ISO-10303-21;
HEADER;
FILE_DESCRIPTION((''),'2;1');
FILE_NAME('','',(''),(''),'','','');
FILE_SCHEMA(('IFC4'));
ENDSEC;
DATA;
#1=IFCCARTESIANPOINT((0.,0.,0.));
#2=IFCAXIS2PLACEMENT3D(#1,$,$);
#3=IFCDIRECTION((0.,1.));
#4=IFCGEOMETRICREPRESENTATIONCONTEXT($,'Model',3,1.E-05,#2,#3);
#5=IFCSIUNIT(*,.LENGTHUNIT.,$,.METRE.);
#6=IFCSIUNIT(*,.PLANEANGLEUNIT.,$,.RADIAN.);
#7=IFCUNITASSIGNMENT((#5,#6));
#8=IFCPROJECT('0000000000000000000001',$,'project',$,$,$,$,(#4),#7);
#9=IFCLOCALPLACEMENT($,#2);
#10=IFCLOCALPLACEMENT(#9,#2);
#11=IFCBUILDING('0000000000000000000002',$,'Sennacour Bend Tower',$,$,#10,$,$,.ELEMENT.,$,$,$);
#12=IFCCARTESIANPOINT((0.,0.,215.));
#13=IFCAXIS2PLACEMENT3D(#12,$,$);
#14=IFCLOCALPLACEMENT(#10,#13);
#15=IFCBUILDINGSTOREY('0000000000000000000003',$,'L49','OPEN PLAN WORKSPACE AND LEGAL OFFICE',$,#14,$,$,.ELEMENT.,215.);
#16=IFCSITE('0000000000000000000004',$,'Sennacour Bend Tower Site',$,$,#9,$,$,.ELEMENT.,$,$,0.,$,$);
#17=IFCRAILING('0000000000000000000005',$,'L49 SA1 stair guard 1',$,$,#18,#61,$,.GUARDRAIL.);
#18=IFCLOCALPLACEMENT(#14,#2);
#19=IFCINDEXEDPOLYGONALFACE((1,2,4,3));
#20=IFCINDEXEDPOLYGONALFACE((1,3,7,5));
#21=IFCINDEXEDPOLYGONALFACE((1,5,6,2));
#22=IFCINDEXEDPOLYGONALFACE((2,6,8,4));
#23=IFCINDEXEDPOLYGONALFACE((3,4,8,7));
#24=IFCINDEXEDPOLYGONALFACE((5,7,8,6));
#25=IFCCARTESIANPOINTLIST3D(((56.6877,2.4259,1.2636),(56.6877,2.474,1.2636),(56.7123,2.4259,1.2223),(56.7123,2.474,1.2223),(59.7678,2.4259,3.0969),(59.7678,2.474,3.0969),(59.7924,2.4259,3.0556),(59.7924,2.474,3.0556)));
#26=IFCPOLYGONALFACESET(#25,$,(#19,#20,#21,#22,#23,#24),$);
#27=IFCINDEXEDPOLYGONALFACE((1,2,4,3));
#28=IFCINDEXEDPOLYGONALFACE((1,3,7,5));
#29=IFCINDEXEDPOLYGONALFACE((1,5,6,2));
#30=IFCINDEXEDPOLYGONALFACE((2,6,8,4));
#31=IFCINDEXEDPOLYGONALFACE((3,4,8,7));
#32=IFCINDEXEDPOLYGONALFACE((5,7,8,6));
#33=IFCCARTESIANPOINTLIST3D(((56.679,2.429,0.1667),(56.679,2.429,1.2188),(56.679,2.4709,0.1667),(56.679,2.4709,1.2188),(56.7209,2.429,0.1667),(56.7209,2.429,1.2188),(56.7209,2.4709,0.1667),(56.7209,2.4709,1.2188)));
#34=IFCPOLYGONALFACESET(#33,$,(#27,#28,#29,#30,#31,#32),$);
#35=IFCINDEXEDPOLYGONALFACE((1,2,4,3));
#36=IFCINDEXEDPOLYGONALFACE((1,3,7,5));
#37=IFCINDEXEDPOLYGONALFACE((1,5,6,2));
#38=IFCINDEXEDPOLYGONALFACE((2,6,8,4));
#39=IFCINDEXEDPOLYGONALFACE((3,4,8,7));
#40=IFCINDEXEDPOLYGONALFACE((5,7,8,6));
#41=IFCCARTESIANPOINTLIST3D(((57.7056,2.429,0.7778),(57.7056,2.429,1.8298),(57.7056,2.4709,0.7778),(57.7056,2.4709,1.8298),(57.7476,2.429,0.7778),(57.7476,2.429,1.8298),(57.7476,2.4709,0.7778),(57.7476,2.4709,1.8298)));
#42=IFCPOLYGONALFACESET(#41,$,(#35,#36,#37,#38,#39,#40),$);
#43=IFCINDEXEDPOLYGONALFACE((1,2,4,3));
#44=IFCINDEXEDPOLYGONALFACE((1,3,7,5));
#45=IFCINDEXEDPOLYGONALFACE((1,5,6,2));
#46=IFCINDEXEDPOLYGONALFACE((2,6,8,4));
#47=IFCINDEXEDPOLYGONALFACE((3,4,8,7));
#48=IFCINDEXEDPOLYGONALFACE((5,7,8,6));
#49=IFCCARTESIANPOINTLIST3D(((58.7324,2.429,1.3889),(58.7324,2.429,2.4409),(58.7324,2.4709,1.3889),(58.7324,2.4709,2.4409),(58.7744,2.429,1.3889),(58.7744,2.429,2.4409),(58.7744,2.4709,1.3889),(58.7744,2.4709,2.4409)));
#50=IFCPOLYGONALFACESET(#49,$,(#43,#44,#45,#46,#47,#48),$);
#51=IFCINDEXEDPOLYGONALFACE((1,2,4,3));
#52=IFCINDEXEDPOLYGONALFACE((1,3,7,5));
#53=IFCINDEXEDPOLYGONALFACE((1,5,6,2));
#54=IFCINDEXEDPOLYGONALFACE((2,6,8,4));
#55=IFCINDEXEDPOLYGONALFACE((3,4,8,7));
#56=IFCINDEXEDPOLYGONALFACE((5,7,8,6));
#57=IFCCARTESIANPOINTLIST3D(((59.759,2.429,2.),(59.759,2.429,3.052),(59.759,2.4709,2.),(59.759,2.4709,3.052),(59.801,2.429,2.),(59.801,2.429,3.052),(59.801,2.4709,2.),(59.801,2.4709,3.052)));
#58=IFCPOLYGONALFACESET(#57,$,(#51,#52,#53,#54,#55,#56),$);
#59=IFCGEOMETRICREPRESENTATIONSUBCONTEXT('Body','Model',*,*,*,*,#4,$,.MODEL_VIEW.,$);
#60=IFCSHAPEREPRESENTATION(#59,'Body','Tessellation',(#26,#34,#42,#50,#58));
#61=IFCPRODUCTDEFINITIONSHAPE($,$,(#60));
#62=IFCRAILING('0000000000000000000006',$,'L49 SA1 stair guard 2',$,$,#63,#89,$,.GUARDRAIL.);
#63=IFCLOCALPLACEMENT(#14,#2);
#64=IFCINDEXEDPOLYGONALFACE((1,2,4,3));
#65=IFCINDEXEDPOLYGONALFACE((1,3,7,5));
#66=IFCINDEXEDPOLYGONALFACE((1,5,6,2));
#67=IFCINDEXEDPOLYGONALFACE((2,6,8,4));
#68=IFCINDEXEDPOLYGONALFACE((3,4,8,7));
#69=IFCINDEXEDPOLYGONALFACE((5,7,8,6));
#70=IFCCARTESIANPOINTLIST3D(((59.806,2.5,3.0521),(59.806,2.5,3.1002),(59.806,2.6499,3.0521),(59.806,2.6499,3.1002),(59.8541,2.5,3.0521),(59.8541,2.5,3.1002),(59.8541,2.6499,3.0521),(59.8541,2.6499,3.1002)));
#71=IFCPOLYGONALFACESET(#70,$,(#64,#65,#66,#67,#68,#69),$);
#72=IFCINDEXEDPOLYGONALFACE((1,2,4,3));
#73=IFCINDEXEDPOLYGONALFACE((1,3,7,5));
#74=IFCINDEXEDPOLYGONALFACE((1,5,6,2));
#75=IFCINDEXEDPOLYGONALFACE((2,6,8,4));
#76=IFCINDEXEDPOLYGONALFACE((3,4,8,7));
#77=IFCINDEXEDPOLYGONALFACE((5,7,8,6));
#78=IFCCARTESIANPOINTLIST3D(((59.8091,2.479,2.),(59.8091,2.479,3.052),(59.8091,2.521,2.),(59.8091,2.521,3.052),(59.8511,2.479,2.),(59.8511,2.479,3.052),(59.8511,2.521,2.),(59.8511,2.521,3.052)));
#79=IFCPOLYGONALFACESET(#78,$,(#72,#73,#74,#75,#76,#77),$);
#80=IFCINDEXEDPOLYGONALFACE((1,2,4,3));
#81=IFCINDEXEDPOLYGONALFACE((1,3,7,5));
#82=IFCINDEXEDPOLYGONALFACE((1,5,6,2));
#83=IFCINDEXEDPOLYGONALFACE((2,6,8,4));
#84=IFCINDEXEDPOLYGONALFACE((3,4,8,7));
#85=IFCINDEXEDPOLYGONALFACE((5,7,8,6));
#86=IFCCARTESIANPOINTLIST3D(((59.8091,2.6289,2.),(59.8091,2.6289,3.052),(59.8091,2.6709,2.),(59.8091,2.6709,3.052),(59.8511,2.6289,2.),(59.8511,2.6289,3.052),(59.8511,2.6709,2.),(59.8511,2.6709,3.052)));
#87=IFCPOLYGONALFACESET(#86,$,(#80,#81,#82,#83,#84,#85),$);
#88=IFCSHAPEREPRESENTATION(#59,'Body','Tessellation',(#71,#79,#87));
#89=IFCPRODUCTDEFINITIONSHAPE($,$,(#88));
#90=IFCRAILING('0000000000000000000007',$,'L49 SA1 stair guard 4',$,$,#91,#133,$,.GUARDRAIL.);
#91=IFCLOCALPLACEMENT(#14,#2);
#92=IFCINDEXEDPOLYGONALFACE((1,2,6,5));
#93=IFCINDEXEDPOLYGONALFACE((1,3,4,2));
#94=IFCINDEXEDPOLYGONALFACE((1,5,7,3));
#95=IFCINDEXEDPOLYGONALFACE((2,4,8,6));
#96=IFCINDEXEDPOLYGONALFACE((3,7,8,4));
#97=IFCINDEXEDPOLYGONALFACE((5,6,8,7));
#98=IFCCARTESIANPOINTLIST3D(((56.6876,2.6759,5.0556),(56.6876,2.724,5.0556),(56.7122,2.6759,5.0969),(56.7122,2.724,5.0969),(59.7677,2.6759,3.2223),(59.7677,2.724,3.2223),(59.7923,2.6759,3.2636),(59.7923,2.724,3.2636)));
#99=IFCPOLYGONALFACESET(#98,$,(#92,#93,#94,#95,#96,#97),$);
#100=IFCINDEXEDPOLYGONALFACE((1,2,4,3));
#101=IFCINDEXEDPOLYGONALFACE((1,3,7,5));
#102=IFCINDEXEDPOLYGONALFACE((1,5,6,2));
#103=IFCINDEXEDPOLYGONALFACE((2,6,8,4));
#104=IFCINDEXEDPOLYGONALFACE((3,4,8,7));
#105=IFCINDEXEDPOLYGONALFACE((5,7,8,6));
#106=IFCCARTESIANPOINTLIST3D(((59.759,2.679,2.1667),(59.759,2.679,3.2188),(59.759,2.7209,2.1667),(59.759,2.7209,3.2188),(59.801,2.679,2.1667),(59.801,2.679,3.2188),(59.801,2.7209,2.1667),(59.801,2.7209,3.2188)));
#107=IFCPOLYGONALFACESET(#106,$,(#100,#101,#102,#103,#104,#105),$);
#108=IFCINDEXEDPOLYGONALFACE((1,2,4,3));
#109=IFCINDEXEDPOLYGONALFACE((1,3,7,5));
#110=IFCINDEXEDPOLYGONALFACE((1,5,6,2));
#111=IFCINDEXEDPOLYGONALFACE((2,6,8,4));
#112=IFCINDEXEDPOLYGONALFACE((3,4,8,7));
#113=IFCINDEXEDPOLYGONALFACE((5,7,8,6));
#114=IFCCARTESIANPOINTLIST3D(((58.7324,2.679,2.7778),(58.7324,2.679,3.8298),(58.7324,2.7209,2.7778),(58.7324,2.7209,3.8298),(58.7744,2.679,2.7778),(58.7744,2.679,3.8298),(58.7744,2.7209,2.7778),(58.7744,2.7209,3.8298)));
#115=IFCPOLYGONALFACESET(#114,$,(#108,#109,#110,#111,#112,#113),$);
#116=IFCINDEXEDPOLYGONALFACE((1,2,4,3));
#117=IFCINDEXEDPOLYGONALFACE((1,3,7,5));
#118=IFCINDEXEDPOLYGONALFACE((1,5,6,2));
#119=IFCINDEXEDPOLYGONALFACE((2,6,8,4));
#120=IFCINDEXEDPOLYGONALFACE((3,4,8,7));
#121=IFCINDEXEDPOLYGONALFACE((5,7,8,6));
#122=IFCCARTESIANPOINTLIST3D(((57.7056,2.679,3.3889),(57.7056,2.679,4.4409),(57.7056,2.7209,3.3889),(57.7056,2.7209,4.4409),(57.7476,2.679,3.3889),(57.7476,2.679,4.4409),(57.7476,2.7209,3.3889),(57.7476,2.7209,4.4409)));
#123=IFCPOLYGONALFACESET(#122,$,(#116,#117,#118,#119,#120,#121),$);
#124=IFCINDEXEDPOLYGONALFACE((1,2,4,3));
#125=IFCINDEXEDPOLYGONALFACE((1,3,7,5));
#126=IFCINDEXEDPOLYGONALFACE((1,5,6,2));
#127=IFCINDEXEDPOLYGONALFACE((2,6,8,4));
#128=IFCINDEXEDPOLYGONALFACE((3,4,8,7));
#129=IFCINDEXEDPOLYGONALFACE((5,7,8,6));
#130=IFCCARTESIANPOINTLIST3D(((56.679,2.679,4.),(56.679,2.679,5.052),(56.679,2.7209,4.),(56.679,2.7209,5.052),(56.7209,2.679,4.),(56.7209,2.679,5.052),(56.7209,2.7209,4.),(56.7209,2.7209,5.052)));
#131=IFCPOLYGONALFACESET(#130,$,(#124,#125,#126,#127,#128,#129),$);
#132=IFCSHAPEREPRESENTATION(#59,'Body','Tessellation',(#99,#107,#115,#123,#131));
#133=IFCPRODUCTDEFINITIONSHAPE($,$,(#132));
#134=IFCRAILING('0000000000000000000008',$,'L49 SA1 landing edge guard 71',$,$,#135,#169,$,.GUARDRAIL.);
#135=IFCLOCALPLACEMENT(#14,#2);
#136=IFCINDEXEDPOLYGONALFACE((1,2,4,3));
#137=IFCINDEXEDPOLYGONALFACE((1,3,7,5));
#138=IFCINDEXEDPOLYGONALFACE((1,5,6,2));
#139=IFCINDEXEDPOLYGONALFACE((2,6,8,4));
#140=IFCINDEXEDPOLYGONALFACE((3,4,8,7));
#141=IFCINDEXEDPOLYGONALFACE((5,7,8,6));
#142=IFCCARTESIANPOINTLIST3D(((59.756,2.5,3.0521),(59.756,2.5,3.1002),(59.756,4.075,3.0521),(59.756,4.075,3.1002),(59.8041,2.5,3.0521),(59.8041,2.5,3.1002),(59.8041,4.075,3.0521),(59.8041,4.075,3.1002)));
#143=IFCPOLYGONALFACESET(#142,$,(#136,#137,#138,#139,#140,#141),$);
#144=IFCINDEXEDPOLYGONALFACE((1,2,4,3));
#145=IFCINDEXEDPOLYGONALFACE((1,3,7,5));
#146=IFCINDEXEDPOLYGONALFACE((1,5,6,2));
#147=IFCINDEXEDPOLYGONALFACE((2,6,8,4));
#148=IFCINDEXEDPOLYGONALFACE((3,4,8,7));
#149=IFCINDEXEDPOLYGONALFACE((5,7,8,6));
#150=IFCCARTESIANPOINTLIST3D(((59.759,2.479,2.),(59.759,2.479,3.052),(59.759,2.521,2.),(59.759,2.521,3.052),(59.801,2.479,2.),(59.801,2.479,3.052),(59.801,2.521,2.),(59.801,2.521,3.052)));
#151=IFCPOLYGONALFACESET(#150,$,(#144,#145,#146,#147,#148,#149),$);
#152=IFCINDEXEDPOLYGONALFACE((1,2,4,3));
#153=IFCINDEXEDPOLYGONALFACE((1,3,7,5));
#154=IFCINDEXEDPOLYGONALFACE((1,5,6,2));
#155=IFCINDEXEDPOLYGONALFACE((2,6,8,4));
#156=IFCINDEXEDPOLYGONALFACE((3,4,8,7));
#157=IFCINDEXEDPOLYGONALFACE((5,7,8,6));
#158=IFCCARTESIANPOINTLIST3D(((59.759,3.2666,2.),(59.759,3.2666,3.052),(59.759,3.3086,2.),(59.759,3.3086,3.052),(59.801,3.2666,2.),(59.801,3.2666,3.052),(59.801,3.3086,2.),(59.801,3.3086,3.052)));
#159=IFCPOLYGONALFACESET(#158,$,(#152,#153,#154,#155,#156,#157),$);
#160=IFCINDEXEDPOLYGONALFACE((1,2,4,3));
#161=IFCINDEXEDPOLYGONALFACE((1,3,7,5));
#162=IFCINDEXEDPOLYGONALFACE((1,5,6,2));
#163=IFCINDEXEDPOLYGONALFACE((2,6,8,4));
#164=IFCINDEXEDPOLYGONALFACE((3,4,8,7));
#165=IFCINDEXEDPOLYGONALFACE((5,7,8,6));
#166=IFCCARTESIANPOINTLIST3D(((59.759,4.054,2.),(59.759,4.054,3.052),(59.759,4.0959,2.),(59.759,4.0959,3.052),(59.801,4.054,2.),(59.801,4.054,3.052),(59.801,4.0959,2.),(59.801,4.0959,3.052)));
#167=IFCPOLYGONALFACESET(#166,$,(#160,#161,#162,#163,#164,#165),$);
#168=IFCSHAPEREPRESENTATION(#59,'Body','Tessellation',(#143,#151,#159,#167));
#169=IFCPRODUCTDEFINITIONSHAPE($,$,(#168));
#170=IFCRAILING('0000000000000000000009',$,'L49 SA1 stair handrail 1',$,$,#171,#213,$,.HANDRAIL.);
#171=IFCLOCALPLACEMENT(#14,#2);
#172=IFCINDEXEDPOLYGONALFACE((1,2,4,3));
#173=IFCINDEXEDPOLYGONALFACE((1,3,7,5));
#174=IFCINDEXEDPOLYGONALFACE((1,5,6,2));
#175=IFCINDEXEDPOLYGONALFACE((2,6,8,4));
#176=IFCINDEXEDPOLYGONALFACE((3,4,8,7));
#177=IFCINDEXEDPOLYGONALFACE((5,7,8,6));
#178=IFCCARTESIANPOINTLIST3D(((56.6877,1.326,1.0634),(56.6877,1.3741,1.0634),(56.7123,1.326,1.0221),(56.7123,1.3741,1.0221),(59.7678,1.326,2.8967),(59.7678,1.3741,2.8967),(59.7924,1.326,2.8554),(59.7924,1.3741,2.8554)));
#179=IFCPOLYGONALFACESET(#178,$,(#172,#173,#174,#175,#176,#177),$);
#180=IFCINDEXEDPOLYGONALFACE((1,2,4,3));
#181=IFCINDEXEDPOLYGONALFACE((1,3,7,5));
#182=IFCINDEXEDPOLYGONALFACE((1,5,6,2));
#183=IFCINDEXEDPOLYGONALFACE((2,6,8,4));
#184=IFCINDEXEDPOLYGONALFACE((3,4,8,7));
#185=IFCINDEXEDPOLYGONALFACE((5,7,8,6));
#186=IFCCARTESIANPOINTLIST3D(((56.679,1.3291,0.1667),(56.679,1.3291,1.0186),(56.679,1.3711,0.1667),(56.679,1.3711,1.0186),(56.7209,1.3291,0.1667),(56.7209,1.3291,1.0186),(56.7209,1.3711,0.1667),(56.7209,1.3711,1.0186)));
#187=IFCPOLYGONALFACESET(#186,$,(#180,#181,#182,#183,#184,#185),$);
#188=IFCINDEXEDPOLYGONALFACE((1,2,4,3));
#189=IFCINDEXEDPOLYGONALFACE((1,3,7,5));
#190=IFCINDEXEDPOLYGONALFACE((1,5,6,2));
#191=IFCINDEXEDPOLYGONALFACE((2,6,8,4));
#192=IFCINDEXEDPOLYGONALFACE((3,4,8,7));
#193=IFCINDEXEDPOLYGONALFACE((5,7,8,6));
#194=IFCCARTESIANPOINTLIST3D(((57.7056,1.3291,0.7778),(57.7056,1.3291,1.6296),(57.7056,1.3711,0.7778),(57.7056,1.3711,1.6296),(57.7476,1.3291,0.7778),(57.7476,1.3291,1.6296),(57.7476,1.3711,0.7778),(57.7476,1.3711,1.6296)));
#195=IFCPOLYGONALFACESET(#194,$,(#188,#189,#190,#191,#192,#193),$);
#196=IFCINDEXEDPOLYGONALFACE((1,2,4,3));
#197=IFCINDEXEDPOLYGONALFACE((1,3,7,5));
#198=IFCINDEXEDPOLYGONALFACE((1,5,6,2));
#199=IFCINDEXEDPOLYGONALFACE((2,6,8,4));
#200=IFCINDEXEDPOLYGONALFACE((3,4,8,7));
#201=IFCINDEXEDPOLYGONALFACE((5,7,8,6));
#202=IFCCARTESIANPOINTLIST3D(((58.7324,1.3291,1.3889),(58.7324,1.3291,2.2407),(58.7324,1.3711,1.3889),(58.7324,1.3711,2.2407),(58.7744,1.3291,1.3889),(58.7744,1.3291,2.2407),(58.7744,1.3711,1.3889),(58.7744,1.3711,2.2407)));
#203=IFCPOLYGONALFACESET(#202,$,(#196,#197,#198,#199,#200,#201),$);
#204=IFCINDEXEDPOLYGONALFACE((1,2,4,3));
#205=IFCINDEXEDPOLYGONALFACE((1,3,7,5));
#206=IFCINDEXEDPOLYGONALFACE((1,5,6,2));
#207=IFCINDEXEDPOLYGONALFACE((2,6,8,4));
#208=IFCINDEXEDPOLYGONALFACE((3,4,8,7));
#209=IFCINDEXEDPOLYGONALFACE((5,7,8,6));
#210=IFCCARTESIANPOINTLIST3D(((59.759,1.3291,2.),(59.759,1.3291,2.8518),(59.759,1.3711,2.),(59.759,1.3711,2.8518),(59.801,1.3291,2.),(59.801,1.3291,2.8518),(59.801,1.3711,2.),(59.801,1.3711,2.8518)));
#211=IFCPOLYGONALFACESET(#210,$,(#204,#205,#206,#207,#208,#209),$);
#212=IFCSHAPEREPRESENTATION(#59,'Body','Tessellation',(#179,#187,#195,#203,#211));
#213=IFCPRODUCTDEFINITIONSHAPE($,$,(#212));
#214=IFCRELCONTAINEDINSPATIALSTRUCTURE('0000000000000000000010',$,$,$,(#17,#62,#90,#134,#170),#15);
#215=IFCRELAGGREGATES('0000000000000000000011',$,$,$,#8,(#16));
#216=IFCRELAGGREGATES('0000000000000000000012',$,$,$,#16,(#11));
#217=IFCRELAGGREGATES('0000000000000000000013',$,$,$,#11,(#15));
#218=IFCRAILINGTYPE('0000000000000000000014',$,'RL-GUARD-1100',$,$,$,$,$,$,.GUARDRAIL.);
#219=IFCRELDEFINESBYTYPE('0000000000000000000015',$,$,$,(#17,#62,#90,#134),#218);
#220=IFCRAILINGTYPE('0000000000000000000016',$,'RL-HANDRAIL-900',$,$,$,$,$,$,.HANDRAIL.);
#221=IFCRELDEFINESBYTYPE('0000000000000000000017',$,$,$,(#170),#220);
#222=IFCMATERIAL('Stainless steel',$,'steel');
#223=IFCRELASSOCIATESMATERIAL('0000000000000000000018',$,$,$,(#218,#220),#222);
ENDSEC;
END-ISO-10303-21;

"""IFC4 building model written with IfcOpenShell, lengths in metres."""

from ifc_helpers import new_model, si_unit, direction, frame, origin, origin_2d, place, context, subcontext, project, spatial, rectangle, extrude, material, type_object, element, save


model = new_model("IFC4")

# Units and contexts
model_context = context("Model", 3, precision=1e-05, world=origin(), true_north=direction((0.0, 1.0)))
body_context = subcontext(model_context, "Body", "Model", "MODEL_VIEW")
ifc_project = project(units=[si_unit("LENGTHUNIT", "METRE"), si_unit("PLANEANGLEUNIT", "RADIAN")], contexts=[model_context])

# Site, building, storey
site_placement = place(None, origin())
site = spatial("IfcSite", under=ifc_project, at=site_placement, Name="Sennacour Bend Tower Site", CompositionType="ELEMENT", RefElevation=0.0)
building_placement = place(site_placement, origin())
building = spatial("IfcBuilding", under=site, at=building_placement, Name="Sennacour Bend Tower", CompositionType="ELEMENT")
storey_placement = place(building_placement, frame((0.0, 0.0, 215.0)))
storey = spatial("IfcBuildingStorey", under=building, at=storey_placement, Name="L49", Description="OPEN PLAN WORKSPACE AND LEGAL OFFICE", CompositionType="ELEMENT", Elevation=215.0)

# Railings
ifc_material_1 = material(Name="Stainless steel", Category="steel")
railing_type_1 = type_object("IfcRailingType", Name="RL-GUARD-1100", PredefinedType="GUARDRAIL", material=ifc_material_1)
railing_1_placement = place(storey_placement, frame((56.7, 2.45, 0.1667)))
element("IfcRailing", 1, at=railing_1_placement, inside=storey, type_object=railing_type_1, Name="L49 SA1 stair guard 1", PredefinedType="GUARDRAIL", context=body_context, shape_type="SweptSolid", body=[
    extrude(rectangle(XDim=0.0481, YDim=0.0481, at=origin_2d()), frame((0.0, 0.0, 1.0762), z_axis=(0.859309, 0.0, 0.511458), x_axis=(0.0, 1.0, 0.0)), (0.0, 0.0, 1.0), 3.5845),
    extrude(rectangle(XDim=0.042, YDim=0.042, at=origin_2d()), origin(), (0.0, 0.0, 1.0), 1.052),
    extrude(rectangle(XDim=0.042, YDim=0.042, at=origin_2d()), frame((1.0266, 0.0, 0.6111)), (0.0, 0.0, 1.0), 1.052),
    extrude(rectangle(XDim=0.042, YDim=0.042, at=origin_2d()), frame((2.0535, 0.0, 1.2222)), (0.0, 0.0, 1.0), 1.052),
    extrude(rectangle(XDim=0.042, YDim=0.042, at=origin_2d()), frame((3.0801, 0.0, 1.8333)), (0.0, 0.0, 1.0), 1.052),
])
railing_2_placement = place(storey_placement, frame((59.8301, 2.5, 2.0)))
element("IfcRailing", 2, at=railing_2_placement, inside=storey, type_object=railing_type_1, Name="L49 SA1 stair guard 2", PredefinedType="GUARDRAIL", context=body_context, shape_type="SweptSolid", body=[
    extrude(rectangle(XDim=0.0481, YDim=0.0481, at=origin_2d()), frame((0.0, 0.0, 1.0762), z_axis=(0.0, 1.0, 0.0), x_axis=(-1.0, 0.0, 0.0)), (0.0, 0.0, 1.0), 0.1499),
    extrude(rectangle(XDim=0.042, YDim=0.042, at=origin_2d()), origin(), (0.0, 0.0, 1.0), 1.052),
    extrude(rectangle(XDim=0.042, YDim=0.042, at=origin_2d()), frame((0.0, 0.1499, 0.0)), (0.0, 0.0, 1.0), 1.052),
])
railing_3_placement = place(storey_placement, frame((59.78, 2.7, 2.1667)))
element("IfcRailing", 3, at=railing_3_placement, inside=storey, type_object=railing_type_1, Name="L49 SA1 stair guard 4", PredefinedType="GUARDRAIL", context=body_context, shape_type="SweptSolid", body=[
    extrude(rectangle(XDim=0.0481, YDim=0.0481, at=origin_2d()), frame((0.0, 0.0, 1.0762), z_axis=(-0.859309, 0.0, 0.511458), x_axis=(0.0, -1.0, 0.0)), (0.0, 0.0, 1.0), 3.5845),
    extrude(rectangle(XDim=0.042, YDim=0.042, at=origin_2d()), origin(), (0.0, 0.0, 1.0), 1.052),
    extrude(rectangle(XDim=0.042, YDim=0.042, at=origin_2d()), frame((-1.0266, 0.0, 0.6111)), (0.0, 0.0, 1.0), 1.052),
    extrude(rectangle(XDim=0.042, YDim=0.042, at=origin_2d()), frame((-2.0535, 0.0, 1.2222)), (0.0, 0.0, 1.0), 1.052),
    extrude(rectangle(XDim=0.042, YDim=0.042, at=origin_2d()), frame((-3.0801, 0.0, 1.8333)), (0.0, 0.0, 1.0), 1.052),
])
railing_4_placement = place(storey_placement, frame((59.78, 2.5, 2.0)))
element("IfcRailing", 4, at=railing_4_placement, inside=storey, type_object=railing_type_1, Name="L49 SA1 landing edge guard 71", PredefinedType="GUARDRAIL", context=body_context, shape_type="SweptSolid", body=[
    extrude(rectangle(XDim=0.0481, YDim=0.0481, at=origin_2d()), frame((0.0, 0.0, 1.0762), z_axis=(0.0, 1.0, 0.0), x_axis=(-1.0, 0.0, 0.0)), (0.0, 0.0, 1.0), 1.575),
    extrude(rectangle(XDim=0.042, YDim=0.042, at=origin_2d()), origin(), (0.0, 0.0, 1.0), 1.052),
    extrude(rectangle(XDim=0.042, YDim=0.042, at=origin_2d()), frame((0.0, 0.7876, 0.0)), (0.0, 0.0, 1.0), 1.052),
    extrude(rectangle(XDim=0.042, YDim=0.042, at=origin_2d()), frame((0.0, 1.575, 0.0)), (0.0, 0.0, 1.0), 1.052),
])
railing_type_2 = type_object("IfcRailingType", Name="RL-HANDRAIL-900", PredefinedType="HANDRAIL", material=ifc_material_1)
railing_5_placement = place(storey_placement, frame((56.7, 1.3501, 0.1667)))
element("IfcRailing", 5, at=railing_5_placement, inside=storey, type_object=railing_type_2, Name="L49 SA1 stair handrail 1", PredefinedType="HANDRAIL", context=body_context, shape_type="SweptSolid", body=[
    extrude(rectangle(XDim=0.0481, YDim=0.0481, at=origin_2d()), frame((0.0, 0.0, 0.876), z_axis=(0.859309, 0.0, 0.511458), x_axis=(0.0, 1.0, 0.0)), (0.0, 0.0, 1.0), 3.5845),
    extrude(rectangle(XDim=0.042, YDim=0.042, at=origin_2d()), origin(), (0.0, 0.0, 1.0), 0.8518),
    extrude(rectangle(XDim=0.042, YDim=0.042, at=origin_2d()), frame((1.0266, 0.0, 0.6111)), (0.0, 0.0, 1.0), 0.8518),
    extrude(rectangle(XDim=0.042, YDim=0.042, at=origin_2d()), frame((2.0535, 0.0, 1.2222)), (0.0, 0.0, 1.0), 0.8518),
    extrude(rectangle(XDim=0.042, YDim=0.042, at=origin_2d()), frame((3.0801, 0.0, 1.8333)), (0.0, 0.0, 1.0), 0.8518),
])

save(model, "model.ifc")
